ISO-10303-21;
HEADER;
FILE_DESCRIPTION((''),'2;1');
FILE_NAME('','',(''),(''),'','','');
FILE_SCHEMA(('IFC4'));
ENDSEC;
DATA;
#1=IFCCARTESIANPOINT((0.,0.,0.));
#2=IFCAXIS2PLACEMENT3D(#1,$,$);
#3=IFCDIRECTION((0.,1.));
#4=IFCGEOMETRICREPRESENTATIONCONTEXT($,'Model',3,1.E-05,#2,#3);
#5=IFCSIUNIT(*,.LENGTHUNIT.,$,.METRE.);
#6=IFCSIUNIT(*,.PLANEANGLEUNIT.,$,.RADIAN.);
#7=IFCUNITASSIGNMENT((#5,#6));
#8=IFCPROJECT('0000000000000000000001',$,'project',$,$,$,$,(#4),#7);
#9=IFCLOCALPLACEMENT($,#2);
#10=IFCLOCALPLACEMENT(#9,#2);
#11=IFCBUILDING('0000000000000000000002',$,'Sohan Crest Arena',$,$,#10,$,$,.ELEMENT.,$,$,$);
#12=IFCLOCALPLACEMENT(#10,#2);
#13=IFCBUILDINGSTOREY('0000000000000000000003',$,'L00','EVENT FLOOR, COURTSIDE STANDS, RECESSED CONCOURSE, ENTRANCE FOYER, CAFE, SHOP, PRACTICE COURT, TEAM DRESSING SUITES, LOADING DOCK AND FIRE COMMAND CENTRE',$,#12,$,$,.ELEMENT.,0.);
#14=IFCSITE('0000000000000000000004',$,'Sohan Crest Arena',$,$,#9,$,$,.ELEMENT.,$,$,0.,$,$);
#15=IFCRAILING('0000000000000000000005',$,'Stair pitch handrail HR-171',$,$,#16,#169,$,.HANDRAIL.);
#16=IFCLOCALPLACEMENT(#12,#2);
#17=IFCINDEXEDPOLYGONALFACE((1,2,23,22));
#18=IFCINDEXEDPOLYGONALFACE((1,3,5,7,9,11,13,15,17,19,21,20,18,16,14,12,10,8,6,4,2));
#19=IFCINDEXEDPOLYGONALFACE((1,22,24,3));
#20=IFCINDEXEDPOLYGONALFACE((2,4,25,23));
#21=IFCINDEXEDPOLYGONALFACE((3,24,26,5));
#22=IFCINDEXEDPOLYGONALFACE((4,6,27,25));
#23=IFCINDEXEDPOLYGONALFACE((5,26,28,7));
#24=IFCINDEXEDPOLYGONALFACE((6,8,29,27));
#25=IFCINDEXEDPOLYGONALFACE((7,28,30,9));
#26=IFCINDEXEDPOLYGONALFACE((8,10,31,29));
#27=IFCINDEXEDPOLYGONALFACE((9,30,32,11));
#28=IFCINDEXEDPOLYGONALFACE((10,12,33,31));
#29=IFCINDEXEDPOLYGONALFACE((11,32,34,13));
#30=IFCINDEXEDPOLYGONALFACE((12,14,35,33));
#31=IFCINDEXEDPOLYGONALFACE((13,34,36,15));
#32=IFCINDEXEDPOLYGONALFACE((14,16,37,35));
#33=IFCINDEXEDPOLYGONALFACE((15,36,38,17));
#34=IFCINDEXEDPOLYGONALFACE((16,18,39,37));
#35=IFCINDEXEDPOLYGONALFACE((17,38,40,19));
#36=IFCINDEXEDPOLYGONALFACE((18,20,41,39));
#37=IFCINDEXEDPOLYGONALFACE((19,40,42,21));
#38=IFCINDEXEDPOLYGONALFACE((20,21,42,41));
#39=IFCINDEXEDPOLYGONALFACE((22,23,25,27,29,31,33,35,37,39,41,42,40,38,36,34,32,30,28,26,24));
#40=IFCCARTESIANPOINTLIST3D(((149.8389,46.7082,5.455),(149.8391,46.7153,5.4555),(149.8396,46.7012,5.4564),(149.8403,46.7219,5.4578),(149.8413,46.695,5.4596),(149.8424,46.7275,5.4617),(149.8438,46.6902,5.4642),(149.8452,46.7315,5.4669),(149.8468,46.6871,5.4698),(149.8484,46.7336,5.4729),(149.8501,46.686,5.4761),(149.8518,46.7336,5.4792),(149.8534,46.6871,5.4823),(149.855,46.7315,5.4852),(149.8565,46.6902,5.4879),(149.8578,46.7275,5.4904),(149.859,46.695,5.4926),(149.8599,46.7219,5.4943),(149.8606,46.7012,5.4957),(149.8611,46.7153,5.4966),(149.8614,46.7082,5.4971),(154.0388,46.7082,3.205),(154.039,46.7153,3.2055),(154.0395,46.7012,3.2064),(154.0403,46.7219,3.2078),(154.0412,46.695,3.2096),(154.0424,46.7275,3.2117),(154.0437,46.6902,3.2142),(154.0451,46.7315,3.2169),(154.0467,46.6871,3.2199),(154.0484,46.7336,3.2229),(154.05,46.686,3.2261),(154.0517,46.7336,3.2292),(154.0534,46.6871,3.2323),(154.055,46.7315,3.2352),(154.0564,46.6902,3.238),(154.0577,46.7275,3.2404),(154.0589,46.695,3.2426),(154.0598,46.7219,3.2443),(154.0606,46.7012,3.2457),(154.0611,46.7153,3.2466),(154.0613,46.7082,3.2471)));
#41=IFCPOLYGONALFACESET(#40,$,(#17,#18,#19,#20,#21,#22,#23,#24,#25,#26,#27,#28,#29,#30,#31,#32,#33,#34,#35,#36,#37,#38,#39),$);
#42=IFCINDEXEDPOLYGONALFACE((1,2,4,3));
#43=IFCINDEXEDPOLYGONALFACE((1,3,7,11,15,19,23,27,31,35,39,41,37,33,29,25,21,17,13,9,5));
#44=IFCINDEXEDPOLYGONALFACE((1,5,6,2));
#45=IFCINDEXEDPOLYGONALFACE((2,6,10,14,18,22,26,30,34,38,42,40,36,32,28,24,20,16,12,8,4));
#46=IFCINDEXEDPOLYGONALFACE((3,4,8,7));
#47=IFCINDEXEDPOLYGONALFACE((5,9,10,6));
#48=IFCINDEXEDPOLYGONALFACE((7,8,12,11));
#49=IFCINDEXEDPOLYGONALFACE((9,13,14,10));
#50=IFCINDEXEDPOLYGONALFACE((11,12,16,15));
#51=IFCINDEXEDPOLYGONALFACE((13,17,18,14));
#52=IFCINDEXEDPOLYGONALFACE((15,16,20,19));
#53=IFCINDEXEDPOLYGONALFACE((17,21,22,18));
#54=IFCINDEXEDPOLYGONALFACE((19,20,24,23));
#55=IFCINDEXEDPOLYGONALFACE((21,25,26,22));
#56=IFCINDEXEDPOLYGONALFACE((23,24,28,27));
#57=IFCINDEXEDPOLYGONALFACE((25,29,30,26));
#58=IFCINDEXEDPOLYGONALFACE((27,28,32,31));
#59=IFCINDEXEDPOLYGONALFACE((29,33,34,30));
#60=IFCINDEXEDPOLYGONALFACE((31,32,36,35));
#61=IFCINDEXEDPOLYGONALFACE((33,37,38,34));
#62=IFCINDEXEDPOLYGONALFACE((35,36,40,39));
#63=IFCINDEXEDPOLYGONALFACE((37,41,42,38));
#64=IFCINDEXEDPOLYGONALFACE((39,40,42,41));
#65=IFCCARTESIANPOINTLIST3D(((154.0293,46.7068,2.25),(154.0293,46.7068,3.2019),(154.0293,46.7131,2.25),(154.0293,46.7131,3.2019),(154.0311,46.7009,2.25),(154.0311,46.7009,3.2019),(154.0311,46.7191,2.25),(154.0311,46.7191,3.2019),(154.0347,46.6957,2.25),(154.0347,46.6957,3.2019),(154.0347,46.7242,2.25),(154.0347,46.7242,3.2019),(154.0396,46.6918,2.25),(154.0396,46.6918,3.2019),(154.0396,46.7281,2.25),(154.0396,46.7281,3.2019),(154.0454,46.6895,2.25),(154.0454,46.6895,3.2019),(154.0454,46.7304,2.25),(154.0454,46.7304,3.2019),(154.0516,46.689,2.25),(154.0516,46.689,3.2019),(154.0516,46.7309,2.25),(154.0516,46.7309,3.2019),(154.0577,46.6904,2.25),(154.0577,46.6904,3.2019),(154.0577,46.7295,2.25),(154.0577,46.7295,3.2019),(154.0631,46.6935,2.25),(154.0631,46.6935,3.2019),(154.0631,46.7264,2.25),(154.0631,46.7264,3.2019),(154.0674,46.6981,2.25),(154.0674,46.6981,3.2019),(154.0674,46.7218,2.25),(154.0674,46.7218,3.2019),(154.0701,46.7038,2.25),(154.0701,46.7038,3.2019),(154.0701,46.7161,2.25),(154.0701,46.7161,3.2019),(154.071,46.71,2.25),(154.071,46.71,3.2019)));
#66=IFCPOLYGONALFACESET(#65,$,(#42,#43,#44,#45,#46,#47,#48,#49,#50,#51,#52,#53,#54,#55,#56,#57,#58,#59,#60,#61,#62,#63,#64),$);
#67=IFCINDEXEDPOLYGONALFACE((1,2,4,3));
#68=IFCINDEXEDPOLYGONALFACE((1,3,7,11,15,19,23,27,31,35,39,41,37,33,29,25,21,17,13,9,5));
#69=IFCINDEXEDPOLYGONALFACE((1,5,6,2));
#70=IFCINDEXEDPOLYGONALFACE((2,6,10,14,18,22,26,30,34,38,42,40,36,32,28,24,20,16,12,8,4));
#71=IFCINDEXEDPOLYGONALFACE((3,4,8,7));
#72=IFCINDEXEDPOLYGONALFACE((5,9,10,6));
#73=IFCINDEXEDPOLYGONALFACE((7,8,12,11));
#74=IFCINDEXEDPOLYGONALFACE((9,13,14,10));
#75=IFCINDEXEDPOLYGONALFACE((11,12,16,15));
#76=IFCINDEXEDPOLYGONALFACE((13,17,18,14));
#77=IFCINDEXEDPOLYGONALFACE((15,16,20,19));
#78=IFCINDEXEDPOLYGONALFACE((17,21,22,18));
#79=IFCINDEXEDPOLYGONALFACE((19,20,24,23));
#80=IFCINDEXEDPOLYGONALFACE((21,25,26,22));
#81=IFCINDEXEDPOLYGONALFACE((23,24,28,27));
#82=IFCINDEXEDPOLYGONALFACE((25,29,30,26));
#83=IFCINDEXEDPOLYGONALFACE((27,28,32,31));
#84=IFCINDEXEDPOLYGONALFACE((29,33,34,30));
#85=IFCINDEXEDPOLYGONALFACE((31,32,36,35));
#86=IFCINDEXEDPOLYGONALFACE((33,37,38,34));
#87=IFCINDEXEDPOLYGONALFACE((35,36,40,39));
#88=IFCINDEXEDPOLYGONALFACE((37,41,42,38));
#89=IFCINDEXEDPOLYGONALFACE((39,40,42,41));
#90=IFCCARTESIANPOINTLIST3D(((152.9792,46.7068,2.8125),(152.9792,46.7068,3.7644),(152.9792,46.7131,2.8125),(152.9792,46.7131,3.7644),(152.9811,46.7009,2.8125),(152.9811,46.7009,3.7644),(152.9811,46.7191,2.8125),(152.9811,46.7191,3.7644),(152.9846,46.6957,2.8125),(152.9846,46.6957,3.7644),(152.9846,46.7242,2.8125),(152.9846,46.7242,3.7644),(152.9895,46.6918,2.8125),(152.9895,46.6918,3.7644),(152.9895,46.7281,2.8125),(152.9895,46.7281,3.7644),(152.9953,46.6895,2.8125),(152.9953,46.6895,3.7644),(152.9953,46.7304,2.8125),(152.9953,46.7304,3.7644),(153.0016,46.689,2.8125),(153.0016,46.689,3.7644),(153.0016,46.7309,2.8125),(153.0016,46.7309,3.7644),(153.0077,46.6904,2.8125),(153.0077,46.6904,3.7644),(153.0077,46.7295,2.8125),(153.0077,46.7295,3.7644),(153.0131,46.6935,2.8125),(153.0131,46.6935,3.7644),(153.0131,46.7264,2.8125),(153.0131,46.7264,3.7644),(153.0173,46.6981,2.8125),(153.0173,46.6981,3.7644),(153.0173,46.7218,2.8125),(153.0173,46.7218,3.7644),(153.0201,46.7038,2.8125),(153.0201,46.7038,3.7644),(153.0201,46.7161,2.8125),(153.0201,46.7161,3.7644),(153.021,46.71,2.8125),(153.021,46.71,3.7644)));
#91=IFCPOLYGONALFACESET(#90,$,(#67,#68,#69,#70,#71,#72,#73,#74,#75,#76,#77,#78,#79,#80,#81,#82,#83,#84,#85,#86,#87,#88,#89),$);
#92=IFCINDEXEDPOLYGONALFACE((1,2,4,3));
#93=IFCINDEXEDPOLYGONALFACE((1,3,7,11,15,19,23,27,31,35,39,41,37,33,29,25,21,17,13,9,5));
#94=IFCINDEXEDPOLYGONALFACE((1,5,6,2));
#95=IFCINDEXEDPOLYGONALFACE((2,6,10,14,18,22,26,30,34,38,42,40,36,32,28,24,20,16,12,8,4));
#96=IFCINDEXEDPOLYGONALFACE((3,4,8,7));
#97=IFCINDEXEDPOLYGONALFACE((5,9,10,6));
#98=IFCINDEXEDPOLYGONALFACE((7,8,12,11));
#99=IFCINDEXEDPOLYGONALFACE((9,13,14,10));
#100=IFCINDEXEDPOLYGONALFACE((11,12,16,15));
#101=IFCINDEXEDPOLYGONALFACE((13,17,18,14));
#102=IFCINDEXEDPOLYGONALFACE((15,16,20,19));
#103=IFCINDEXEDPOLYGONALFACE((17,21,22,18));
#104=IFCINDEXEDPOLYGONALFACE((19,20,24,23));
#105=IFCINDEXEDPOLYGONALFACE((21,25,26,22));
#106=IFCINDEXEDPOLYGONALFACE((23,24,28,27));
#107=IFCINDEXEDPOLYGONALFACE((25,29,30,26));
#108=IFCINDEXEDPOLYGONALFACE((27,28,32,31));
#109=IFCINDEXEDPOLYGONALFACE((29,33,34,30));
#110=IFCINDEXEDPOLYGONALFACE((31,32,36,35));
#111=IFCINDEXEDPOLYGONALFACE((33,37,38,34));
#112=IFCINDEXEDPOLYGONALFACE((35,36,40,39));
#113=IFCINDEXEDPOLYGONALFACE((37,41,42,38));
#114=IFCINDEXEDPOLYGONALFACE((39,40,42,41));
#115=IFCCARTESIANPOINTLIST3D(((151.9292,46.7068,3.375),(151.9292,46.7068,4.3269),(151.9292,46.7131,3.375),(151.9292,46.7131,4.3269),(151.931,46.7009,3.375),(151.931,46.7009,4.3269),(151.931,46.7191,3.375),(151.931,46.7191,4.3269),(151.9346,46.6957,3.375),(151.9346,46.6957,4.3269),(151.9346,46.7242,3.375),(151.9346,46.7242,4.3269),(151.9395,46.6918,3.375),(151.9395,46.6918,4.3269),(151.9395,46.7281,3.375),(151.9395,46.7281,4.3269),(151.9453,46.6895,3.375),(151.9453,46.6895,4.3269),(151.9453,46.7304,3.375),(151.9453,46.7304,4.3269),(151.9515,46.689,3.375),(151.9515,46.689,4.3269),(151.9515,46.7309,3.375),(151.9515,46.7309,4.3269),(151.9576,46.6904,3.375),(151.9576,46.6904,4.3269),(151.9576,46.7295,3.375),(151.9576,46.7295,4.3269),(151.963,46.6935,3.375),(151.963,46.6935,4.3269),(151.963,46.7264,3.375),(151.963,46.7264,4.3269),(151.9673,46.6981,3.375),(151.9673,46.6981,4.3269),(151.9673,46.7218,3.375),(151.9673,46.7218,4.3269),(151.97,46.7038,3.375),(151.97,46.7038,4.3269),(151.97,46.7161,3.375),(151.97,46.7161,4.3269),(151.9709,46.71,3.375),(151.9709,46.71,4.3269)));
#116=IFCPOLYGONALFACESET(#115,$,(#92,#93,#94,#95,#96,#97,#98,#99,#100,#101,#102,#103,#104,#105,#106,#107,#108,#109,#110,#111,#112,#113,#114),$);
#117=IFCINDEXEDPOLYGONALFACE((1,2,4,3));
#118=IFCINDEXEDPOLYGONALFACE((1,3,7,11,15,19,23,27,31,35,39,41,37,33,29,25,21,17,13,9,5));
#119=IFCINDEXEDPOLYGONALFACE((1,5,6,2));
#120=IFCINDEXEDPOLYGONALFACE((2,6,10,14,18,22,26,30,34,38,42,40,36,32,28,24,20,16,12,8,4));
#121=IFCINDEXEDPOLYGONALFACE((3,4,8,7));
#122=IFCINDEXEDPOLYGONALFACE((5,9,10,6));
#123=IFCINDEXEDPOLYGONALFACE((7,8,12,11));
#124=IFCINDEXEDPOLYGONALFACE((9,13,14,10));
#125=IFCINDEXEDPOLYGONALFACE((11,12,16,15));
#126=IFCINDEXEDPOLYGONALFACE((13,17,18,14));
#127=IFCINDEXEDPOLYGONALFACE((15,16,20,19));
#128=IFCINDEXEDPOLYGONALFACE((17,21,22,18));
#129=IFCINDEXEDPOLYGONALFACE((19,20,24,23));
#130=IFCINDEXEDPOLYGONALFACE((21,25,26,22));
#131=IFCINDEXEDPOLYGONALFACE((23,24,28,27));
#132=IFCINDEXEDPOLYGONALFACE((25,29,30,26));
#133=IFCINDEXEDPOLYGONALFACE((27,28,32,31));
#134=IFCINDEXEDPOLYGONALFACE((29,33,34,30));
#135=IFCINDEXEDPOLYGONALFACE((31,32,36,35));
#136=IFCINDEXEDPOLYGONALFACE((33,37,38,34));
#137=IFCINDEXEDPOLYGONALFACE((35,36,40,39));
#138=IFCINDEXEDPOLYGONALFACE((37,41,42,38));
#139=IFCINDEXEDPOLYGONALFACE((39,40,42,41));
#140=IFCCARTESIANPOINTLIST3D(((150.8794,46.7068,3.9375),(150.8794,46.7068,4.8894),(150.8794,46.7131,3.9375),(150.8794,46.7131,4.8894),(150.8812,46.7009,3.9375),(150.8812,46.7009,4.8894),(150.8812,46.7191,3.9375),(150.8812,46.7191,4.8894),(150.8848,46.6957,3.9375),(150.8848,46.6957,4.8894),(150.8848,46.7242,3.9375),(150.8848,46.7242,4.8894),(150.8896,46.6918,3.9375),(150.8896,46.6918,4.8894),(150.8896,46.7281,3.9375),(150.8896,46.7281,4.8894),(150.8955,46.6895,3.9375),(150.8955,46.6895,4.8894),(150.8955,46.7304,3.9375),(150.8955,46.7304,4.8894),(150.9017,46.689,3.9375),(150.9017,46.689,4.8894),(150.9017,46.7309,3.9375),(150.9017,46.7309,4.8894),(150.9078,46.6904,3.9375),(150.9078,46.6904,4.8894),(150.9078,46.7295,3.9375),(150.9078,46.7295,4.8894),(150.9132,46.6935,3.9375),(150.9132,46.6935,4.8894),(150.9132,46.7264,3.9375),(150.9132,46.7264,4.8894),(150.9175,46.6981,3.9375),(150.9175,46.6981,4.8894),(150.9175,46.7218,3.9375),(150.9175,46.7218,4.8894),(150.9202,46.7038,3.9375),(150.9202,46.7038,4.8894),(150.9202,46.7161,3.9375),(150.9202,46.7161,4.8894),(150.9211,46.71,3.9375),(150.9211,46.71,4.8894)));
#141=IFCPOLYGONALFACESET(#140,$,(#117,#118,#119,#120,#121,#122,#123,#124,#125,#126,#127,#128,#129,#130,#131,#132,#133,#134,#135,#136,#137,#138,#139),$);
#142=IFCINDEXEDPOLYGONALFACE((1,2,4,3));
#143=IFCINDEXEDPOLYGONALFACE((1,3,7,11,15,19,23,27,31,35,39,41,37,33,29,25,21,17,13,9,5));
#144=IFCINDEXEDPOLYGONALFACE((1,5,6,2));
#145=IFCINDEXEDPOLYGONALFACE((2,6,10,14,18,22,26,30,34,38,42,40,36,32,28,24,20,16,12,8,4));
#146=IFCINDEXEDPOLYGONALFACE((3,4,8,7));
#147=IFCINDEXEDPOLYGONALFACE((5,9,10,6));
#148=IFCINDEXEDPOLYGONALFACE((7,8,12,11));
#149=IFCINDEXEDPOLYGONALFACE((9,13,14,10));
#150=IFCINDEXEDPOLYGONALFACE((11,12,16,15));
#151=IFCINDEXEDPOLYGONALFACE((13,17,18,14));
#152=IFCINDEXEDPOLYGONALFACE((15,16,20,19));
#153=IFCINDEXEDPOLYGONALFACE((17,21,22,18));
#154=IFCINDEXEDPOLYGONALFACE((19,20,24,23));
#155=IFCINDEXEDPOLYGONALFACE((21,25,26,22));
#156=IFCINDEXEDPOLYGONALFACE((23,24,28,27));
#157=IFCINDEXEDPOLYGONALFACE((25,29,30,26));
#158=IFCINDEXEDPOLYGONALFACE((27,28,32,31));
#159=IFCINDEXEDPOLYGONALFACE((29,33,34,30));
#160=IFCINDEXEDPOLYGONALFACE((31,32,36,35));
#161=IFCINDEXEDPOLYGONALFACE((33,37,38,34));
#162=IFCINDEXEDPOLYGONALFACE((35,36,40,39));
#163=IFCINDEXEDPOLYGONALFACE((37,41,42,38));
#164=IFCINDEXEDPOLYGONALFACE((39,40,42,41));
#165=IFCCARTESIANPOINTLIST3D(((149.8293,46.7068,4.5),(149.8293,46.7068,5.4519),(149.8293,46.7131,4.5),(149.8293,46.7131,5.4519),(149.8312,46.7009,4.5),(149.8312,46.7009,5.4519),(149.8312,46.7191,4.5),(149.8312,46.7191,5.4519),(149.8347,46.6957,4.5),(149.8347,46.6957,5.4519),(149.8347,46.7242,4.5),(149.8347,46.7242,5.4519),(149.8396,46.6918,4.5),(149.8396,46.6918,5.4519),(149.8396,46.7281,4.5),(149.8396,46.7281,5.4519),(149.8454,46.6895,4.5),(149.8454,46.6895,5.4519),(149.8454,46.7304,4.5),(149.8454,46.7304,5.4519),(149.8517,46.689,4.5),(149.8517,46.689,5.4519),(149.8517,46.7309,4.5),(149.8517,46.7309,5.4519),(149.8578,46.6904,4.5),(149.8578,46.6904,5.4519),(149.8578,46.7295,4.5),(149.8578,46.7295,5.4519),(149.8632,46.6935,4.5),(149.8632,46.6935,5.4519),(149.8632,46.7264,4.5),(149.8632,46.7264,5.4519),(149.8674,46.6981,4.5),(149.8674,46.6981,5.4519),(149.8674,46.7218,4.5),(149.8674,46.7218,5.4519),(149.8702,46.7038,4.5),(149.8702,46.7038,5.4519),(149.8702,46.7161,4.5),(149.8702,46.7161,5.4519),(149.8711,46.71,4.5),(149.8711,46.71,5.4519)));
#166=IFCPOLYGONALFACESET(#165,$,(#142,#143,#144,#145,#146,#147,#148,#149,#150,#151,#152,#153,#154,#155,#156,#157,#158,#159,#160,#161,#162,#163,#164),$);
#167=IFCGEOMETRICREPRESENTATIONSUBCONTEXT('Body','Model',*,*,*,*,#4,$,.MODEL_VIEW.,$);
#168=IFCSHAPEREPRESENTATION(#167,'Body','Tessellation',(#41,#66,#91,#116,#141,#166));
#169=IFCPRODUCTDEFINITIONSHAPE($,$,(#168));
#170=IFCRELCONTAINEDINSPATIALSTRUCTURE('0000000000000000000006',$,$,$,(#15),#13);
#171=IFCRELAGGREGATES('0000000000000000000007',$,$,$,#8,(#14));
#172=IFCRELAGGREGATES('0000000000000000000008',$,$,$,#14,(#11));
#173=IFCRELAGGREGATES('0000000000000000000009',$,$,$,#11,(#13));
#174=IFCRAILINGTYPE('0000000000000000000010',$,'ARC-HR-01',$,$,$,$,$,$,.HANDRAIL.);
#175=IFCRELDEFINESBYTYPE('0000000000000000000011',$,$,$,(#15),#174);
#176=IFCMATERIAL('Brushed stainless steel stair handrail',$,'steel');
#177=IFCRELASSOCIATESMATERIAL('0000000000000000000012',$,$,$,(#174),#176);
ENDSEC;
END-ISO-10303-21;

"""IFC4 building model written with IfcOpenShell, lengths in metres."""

from ifc_helpers import new_model, si_unit, direction, frame, origin, origin_2d, place, context, subcontext, project, spatial, circle, extrude, material, type_object, element, save


model = new_model("IFC4")

# Units and contexts
model_context = context("Model", 3, precision=1e-05, world=origin(), true_north=direction((0.0, 1.0)))
body_context = subcontext(model_context, "Body", "Model", "MODEL_VIEW")
ifc_project = project(units=[si_unit("LENGTHUNIT", "METRE"), si_unit("PLANEANGLEUNIT", "RADIAN")], contexts=[model_context])

# Site, building, storey
site_placement = place(None, origin())
site = spatial("IfcSite", under=ifc_project, at=site_placement, Name="Sohan Crest Arena", CompositionType="ELEMENT", RefElevation=0.0)
building_placement = place(site_placement, origin())
building = spatial("IfcBuilding", under=site, at=building_placement, Name="Sohan Crest Arena", CompositionType="ELEMENT")
storey_placement = place(building_placement, origin())
storey = spatial("IfcBuildingStorey", under=building, at=storey_placement, Name="L00", Description="EVENT FLOOR, COURTSIDE STANDS, RECESSED CONCOURSE, ENTRANCE FOYER, CAFE, SHOP, PRACTICE COURT, TEAM DRESSING SUITES, LOADING DOCK AND FIRE COMMAND CENTRE", CompositionType="ELEMENT", Elevation=0.0)

# Railing
ifc_material_1 = material(Name="Brushed stainless steel stair handrail", Category="steel")
railing_type_1 = type_object("IfcRailingType", Name="ARC-HR-01", PredefinedType="HANDRAIL", material=ifc_material_1)
railing_1_placement = place(storey_placement, frame((154.05, 46.71, 2.25)))
element("IfcRailing", 1, at=railing_1_placement, inside=storey, type_object=railing_type_1, Name="Stair pitch handrail HR-171", PredefinedType="HANDRAIL", context=body_context, shape_type="SweptSolid", body=[
    extrude(circle(Radius=0.0239, at=origin_2d()), frame((0.0, 0.0, 0.9761), z_axis=(-0.881478, 0.0, 0.472226), x_axis=(0.0, -1.0, 0.0)), (0.0, 0.0, 1.0), 4.7646),
    extrude(circle(Radius=0.021, at=origin_2d()), origin(), (0.0, 0.0, 1.0), 0.9519),
    extrude(circle(Radius=0.021, at=origin_2d()), frame((-1.05, 0.0, 0.5625)), (0.0, 0.0, 1.0), 0.9519),
    extrude(circle(Radius=0.021, at=origin_2d()), frame((-2.1001, 0.0, 1.125)), (0.0, 0.0, 1.0), 0.9519),
    extrude(circle(Radius=0.021, at=origin_2d()), frame((-3.1499, 0.0, 1.6875)), (0.0, 0.0, 1.0), 0.9519),
    extrude(circle(Radius=0.021, at=origin_2d()), frame((-4.2, 0.0, 2.25)), (0.0, 0.0, 1.0), 0.9519),
])

save(model, "model.ifc")
